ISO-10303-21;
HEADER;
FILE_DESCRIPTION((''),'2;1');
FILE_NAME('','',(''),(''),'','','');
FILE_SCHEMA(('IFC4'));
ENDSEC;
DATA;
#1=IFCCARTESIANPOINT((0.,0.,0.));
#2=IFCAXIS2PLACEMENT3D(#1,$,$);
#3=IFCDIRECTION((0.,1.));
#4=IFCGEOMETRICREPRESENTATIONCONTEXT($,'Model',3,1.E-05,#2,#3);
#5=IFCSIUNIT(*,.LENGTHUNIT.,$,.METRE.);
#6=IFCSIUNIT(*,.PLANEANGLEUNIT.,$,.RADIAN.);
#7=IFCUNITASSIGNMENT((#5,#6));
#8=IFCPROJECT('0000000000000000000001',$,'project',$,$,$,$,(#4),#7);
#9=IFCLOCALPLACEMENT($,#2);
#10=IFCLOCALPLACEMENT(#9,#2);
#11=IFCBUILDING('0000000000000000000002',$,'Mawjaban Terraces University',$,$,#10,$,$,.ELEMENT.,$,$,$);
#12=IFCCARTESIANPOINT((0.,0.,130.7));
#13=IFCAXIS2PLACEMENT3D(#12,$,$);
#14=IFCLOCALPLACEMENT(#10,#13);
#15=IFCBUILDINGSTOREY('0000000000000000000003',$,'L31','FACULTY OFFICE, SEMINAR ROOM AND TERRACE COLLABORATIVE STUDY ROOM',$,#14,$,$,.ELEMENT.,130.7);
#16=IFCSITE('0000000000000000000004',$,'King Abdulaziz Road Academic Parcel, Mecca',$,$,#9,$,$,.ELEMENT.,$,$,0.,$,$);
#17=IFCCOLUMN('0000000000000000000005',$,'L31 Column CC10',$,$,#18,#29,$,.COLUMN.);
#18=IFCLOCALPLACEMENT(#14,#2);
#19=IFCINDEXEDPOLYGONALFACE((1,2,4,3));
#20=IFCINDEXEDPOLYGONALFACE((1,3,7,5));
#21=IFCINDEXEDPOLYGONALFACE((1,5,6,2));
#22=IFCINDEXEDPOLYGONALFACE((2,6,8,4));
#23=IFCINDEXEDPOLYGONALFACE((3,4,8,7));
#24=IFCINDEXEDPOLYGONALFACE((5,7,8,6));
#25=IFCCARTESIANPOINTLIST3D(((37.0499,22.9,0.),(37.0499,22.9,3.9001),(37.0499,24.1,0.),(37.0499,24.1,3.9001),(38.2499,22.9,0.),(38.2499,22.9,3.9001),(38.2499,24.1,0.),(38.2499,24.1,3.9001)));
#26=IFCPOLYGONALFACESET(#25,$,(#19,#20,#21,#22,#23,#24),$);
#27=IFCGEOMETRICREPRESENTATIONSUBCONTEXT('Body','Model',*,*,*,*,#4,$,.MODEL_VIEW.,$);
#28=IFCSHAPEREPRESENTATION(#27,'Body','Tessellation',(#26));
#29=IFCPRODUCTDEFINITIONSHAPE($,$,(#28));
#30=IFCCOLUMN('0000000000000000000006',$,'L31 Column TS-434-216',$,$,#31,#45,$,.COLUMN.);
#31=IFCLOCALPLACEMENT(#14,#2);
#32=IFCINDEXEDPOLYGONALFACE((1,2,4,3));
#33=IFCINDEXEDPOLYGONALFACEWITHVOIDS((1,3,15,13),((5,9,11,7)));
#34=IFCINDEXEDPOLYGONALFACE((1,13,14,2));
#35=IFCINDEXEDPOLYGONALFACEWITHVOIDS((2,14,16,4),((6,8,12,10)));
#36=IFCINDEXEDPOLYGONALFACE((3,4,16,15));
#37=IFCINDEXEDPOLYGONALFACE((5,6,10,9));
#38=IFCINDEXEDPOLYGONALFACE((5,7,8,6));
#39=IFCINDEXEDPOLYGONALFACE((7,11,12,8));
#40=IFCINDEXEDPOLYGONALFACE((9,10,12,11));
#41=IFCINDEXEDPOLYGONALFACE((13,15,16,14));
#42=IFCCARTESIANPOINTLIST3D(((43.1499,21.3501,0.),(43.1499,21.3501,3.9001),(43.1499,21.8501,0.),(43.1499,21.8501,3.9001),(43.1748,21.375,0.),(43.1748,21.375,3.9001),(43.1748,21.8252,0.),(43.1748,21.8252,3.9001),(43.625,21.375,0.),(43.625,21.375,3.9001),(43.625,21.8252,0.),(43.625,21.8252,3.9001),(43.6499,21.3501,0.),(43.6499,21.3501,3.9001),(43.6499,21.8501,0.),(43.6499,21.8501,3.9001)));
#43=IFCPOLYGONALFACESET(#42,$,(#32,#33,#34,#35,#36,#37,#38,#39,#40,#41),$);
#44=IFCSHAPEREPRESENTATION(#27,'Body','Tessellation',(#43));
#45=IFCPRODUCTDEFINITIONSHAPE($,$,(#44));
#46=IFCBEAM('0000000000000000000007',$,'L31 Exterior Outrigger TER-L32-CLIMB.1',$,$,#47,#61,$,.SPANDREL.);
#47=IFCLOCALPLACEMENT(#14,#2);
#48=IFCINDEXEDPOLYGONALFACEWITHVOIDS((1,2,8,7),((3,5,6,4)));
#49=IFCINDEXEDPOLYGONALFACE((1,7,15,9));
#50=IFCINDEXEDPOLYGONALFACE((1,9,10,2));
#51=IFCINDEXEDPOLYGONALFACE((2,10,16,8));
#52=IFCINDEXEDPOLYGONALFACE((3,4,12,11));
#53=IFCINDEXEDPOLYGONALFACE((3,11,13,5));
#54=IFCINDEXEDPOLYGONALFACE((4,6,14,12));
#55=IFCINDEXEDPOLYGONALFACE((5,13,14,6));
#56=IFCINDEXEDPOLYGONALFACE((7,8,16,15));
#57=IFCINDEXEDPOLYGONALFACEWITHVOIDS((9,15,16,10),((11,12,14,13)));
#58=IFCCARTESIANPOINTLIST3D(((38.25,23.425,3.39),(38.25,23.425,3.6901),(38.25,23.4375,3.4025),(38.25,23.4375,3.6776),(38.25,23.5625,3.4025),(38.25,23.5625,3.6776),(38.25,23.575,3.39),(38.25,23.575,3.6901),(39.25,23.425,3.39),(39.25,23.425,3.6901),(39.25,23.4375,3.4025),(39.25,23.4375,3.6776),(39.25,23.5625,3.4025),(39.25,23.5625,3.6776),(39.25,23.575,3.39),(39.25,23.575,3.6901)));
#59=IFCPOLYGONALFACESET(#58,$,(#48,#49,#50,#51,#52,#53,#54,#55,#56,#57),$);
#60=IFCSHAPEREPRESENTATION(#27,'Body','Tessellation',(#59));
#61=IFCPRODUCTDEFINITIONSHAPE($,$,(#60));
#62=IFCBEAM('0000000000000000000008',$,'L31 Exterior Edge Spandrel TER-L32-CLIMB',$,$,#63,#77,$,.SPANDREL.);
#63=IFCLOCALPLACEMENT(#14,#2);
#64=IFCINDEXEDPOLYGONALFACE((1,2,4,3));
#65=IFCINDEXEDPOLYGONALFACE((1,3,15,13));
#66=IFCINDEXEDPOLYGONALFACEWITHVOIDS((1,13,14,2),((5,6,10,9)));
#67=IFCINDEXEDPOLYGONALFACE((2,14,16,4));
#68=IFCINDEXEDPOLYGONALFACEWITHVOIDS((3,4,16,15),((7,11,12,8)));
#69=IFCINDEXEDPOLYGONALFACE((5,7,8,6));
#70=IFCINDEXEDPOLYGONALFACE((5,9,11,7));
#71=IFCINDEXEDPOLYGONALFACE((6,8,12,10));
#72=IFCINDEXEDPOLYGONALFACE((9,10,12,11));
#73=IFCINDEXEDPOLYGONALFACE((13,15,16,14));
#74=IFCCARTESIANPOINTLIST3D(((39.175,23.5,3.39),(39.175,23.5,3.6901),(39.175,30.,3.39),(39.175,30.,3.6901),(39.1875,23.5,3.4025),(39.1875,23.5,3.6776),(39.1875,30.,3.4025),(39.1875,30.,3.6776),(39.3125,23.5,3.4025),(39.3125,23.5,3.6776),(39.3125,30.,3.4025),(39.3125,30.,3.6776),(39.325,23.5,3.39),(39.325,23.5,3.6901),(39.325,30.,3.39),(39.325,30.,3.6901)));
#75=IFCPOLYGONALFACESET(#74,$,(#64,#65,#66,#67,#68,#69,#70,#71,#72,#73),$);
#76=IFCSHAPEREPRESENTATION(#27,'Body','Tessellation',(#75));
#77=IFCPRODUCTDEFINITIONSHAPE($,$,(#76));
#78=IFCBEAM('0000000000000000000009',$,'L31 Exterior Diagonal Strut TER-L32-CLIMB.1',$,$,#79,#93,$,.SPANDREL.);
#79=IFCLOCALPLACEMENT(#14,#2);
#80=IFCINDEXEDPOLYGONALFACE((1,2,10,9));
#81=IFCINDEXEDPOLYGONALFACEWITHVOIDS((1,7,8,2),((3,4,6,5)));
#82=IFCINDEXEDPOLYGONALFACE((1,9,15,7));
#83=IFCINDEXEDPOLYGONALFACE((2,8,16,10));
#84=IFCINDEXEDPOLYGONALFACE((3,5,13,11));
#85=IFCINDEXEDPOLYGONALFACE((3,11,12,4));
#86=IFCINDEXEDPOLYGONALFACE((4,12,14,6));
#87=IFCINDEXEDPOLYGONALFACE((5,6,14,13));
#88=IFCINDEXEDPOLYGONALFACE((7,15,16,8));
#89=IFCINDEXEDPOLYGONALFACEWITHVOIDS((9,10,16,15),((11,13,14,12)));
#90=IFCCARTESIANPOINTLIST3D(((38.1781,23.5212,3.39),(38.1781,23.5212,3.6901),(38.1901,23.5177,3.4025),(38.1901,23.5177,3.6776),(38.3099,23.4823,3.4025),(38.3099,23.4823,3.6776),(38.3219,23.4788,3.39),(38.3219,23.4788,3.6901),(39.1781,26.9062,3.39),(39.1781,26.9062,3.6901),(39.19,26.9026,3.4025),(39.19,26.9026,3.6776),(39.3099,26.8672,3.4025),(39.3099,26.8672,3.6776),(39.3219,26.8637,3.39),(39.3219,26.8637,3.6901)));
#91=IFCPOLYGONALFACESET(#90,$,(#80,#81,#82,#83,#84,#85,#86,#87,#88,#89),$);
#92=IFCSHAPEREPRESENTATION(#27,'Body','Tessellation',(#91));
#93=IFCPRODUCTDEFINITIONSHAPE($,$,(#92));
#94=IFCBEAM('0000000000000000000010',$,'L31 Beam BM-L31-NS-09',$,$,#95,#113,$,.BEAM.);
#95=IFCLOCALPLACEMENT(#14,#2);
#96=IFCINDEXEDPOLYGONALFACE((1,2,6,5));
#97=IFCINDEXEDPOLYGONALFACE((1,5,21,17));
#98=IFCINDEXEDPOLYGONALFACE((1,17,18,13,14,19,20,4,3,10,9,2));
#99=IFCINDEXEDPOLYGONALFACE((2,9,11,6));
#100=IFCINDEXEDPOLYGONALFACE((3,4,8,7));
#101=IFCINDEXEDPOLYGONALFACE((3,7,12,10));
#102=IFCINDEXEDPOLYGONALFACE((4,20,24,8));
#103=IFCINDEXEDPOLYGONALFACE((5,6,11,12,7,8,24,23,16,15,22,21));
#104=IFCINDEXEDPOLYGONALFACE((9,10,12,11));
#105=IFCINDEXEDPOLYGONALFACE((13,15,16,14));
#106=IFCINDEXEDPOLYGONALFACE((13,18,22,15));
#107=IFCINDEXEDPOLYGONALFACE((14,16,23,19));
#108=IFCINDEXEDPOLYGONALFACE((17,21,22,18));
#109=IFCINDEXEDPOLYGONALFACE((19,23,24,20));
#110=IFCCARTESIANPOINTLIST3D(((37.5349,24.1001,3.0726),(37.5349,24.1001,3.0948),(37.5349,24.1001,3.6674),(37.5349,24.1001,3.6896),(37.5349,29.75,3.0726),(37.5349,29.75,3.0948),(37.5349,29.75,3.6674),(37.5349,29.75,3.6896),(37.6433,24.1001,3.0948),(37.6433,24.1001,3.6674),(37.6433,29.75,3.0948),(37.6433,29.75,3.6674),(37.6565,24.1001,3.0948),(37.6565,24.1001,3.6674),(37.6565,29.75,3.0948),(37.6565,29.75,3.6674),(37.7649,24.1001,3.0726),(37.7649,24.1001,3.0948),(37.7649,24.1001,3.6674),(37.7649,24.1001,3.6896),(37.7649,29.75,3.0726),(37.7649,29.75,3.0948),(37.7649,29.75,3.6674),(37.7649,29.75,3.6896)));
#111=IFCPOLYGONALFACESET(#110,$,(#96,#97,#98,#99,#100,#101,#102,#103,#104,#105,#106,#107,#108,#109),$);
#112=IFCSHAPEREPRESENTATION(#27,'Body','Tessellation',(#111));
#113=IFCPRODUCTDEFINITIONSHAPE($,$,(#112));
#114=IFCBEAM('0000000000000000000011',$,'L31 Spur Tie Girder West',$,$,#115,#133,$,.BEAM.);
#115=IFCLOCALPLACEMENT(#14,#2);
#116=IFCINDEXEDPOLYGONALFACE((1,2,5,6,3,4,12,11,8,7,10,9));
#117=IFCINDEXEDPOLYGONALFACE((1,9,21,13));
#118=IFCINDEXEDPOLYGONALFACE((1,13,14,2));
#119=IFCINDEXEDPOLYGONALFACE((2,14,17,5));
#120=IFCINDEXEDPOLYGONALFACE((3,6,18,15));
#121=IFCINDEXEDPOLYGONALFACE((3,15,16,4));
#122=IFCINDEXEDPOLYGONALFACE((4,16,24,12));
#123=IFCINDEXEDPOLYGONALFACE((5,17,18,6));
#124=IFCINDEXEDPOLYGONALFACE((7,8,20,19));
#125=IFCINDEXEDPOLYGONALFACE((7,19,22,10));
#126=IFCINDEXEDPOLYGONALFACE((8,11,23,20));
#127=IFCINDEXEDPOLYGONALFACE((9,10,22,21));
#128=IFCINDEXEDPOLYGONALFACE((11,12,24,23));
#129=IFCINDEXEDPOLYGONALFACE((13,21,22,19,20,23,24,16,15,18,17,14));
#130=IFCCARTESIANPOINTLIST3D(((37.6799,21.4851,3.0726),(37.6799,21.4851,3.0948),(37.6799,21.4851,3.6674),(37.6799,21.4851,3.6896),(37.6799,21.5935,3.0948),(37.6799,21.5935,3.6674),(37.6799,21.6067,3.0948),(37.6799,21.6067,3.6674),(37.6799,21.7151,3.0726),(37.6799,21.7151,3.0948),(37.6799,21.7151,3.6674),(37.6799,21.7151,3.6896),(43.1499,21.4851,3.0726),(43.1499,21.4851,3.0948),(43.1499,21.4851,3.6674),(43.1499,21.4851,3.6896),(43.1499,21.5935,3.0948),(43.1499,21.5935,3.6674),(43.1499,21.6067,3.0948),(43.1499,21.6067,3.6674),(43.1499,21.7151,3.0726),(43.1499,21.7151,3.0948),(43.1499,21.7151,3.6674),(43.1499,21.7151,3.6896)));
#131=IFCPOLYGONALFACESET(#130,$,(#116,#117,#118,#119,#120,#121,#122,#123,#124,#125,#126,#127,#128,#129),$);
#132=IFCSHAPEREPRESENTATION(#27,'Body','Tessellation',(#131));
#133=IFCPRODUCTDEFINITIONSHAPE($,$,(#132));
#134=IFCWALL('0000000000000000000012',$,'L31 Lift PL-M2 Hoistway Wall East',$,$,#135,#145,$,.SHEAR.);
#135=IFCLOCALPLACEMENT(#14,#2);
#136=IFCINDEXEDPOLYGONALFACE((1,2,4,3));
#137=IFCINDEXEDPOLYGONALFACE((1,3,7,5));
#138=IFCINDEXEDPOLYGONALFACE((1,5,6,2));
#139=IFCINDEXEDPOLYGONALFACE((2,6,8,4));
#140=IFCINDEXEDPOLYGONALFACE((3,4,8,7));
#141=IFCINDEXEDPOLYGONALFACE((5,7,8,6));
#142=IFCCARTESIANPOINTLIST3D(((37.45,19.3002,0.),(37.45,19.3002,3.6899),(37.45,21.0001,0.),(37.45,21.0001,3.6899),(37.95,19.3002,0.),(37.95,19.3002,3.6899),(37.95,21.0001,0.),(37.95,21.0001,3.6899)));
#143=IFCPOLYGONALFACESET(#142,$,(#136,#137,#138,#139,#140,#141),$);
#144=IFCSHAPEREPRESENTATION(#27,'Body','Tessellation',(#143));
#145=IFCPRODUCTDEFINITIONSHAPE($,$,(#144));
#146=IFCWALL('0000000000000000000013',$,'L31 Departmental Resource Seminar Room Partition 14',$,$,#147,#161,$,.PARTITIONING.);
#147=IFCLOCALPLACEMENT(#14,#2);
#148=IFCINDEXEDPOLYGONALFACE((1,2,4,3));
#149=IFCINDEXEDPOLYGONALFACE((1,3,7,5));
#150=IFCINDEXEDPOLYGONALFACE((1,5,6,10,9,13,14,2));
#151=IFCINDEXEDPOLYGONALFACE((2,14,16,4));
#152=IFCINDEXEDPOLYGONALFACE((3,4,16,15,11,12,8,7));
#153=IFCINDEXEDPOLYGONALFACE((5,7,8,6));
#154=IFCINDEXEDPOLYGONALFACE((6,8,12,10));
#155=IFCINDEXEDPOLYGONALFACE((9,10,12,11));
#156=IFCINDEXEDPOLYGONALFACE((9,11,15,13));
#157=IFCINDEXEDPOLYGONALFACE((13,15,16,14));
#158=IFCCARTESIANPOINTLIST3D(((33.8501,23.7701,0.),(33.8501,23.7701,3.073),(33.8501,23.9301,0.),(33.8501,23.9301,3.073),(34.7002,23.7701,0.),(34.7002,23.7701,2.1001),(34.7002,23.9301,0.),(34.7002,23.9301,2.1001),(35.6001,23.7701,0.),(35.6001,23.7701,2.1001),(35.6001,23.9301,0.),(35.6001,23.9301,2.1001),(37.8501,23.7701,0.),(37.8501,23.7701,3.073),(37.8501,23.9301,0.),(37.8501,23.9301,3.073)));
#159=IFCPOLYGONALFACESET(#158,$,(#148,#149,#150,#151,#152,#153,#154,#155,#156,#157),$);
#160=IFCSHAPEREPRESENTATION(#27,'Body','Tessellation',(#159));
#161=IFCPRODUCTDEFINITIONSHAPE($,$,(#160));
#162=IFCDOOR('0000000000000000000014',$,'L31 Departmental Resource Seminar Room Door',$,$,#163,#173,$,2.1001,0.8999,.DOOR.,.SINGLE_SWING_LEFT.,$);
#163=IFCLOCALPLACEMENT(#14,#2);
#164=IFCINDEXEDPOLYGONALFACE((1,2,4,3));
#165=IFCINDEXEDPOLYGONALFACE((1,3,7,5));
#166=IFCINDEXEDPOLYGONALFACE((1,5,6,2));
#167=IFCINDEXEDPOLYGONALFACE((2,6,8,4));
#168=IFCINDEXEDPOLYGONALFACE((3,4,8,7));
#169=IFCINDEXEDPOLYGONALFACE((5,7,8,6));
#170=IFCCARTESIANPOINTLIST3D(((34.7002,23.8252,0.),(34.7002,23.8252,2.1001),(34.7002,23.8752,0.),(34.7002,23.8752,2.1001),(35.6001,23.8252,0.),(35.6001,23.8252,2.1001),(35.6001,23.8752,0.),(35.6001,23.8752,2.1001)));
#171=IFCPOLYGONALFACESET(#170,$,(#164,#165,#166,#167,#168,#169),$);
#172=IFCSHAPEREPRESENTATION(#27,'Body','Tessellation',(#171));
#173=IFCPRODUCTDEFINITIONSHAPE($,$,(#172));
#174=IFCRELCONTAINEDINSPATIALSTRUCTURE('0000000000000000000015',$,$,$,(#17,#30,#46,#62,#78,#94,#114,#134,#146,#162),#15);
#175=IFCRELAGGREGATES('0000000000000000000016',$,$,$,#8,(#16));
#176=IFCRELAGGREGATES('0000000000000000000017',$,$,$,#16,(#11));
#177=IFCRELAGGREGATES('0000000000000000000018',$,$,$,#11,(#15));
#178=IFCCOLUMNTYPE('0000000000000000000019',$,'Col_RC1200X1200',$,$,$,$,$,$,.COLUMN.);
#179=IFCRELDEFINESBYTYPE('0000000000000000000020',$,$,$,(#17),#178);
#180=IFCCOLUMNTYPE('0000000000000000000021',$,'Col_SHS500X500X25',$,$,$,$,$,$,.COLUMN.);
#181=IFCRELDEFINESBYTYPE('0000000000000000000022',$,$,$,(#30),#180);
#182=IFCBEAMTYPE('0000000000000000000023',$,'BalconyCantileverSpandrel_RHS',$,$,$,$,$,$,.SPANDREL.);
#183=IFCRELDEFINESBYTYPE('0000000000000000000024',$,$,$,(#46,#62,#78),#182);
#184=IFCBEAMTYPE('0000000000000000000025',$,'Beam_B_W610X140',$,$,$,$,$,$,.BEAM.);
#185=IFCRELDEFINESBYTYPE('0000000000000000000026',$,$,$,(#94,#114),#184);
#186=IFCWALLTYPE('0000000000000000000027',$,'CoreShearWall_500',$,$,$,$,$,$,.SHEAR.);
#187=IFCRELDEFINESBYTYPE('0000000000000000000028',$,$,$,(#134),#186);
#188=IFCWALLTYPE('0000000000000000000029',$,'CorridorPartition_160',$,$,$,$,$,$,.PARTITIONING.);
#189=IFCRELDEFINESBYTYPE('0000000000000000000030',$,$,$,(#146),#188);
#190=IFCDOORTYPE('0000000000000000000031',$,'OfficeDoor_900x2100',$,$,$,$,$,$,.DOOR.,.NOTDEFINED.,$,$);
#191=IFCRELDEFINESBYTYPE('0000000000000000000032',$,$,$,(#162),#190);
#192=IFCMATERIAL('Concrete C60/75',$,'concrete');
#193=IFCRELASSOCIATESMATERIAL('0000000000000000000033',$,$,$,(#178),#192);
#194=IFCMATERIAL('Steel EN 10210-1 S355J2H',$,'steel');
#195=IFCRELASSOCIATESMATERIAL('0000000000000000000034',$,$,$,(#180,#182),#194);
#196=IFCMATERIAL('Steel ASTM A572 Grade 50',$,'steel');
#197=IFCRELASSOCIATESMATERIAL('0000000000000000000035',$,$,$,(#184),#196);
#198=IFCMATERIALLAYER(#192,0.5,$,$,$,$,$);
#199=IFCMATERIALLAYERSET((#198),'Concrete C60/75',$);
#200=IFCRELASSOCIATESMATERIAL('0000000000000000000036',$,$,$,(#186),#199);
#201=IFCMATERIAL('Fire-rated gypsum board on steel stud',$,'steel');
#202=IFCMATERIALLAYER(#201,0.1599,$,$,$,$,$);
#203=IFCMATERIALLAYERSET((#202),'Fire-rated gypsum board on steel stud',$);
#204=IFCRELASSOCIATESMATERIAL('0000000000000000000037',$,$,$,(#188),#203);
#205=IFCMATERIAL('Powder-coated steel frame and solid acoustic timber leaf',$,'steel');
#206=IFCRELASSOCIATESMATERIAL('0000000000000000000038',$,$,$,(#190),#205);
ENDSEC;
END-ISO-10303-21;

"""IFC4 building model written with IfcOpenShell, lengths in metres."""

from ifc_helpers import new_model, si_unit, direction, frame, frame_2d, origin, origin_2d, place, context, subcontext, project, spatial, rectangle, hollow_rectangle, i_section, extrude, material, layer, layer_set, material_profile, profile_set, type_object, element, fill, save


model = new_model("IFC4")

# Units and contexts
model_context = context("Model", 3, precision=1e-05, world=origin(), true_north=direction((0.0, 1.0)))
body_context = subcontext(model_context, "Body", "Model", "MODEL_VIEW")
ifc_project = project(units=[si_unit("LENGTHUNIT", "METRE"), si_unit("PLANEANGLEUNIT", "RADIAN")], contexts=[model_context])

# Site, building, storey
site_placement = place(None, origin())
site = spatial("IfcSite", under=ifc_project, at=site_placement, Name="King Abdulaziz Road Academic Parcel, Mecca", CompositionType="ELEMENT", RefElevation=0.0)
building_placement = place(site_placement, origin())
building = spatial("IfcBuilding", under=site, at=building_placement, Name="Mawjaban Terraces University", CompositionType="ELEMENT")
storey_placement = place(building_placement, frame((0.0, 0.0, 130.7)))
storey = spatial("IfcBuildingStorey", under=building, at=storey_placement, Name="L31", Description="FACULTY OFFICE, SEMINAR ROOM AND TERRACE COLLABORATIVE STUDY ROOM", CompositionType="ELEMENT", Elevation=130.7)

# Columns
ifc_material_1 = material(Name="Concrete C60/75", Category="concrete")
ifc_material_profile_1 = material_profile(ifc_material_1, rectangle(XDim=1.2, YDim=1.2, at=origin_2d()), Name="RC1200X1200")
ifc_profile_set_1 = profile_set([ifc_material_profile_1], Name="Concrete C60/75")
column_type_1 = type_object("IfcColumnType", Name="Col_RC1200X1200", PredefinedType="COLUMN", material=ifc_profile_set_1)
column_1_placement = place(storey_placement, frame((37.6499, 23.5, 0.0), z_axis=(0.0, 0.0, 1.0), x_axis=(1.0, 0.0, 0.0)))
element("IfcColumn", 1, at=column_1_placement, inside=storey, type_object=column_type_1, Name="L31 Column CC10", PredefinedType="COLUMN", context=body_context, shape_type="SweptSolid", body=[
    extrude(rectangle(XDim=1.2, YDim=1.2, at=origin_2d()), origin(), (0.0, 0.0, 1.0), 3.9001),
])
ifc_material_2 = material(Name="Steel EN 10210-1 S355J2H", Category="steel")
ifc_material_profile_2 = material_profile(ifc_material_2, hollow_rectangle(XDim=0.5, YDim=0.5, WallThickness=0.0249, at=origin_2d()), Name="SHS500X500X25")
ifc_profile_set_2 = profile_set([ifc_material_profile_2], Name="Steel EN 10210-1 S355J2H")
column_type_2 = type_object("IfcColumnType", Name="Col_SHS500X500X25", PredefinedType="COLUMN", material=ifc_profile_set_2)
column_2_placement = place(storey_placement, frame((43.3999, 21.6001, 0.0), z_axis=(0.0, 0.0, 1.0), x_axis=(1.0, 0.0, 0.0)))
element("IfcColumn", 2, at=column_2_placement, inside=storey, type_object=column_type_2, Name="L31 Column TS-434-216", PredefinedType="COLUMN", context=body_context, shape_type="SweptSolid", body=[
    extrude(hollow_rectangle(XDim=0.5, YDim=0.5, WallThickness=0.0249, at=origin_2d()), origin(), (0.0, 0.0, 1.0), 3.9001),
])

# Beams
ifc_material_profile_3 = material_profile(ifc_material_2, hollow_rectangle(XDim=0.1499, YDim=0.3, WallThickness=0.0125, at=origin_2d()), Name="RHS300X150X12.5")
ifc_profile_set_3 = profile_set([ifc_material_profile_3], Name="Steel EN 10210-1 S355J2H")
beam_type_1 = type_object("IfcBeamType", Name="BalconyCantileverSpandrel_RHS", PredefinedType="SPANDREL", material=ifc_profile_set_3)
beam_1_placement = place(storey_placement, frame((38.25, 23.5, 3.54), z_axis=(1.0, 0.0, 0.0), x_axis=(0.0, 1.0, 0.0)))
element("IfcBeam", 3, at=beam_1_placement, inside=storey, type_object=beam_type_1, Name="L31 Exterior Outrigger TER-L32-CLIMB.1", PredefinedType="SPANDREL", context=body_context, shape_type="SweptSolid", body=[
    extrude(hollow_rectangle(XDim=0.1499, YDim=0.3, WallThickness=0.0125, at=origin_2d()), origin(), (0.0, 0.0, 1.0), 1.0),
])
beam_2_placement = place(storey_placement, frame((39.25, 23.5, 3.54), z_axis=(0.0, 1.0, 0.0), x_axis=(-1.0, 0.0, 0.0)))
element("IfcBeam", 4, at=beam_2_placement, inside=storey, type_object=beam_type_1, Name="L31 Exterior Edge Spandrel TER-L32-CLIMB", PredefinedType="SPANDREL", context=body_context, shape_type="SweptSolid", body=[
    extrude(hollow_rectangle(XDim=0.1499, YDim=0.3, WallThickness=0.0125, at=origin_2d()), origin(), (0.0, 0.0, 1.0), 6.5),
])
beam_3_placement = place(storey_placement, frame((38.25, 23.5, 3.54), z_axis=(0.283316, 0.959027, 0.0), x_axis=(-0.959027, 0.283316, 0.0)))
element("IfcBeam", 5, at=beam_3_placement, inside=storey, type_object=beam_type_1, Name="L31 Exterior Diagonal Strut TER-L32-CLIMB.1", PredefinedType="SPANDREL", context=body_context, shape_type="SweptSolid", body=[
    extrude(hollow_rectangle(XDim=0.1499, YDim=0.3, WallThickness=0.0125, at=origin_2d()), origin(), (0.0, 0.0, 1.0), 3.5295),
])
ifc_material_3 = material(Name="Steel ASTM A572 Grade 50", Category="steel")
ifc_material_profile_4 = material_profile(ifc_material_3, i_section(OverallWidth=0.23, OverallDepth=0.6169, WebThickness=0.0132, FlangeThickness=0.0222, at=origin_2d()), Name="W610X140")
ifc_profile_set_4 = profile_set([ifc_material_profile_4], Name="Steel ASTM A572 Grade 50")
beam_type_2 = type_object("IfcBeamType", Name="Beam_B_W610X140", PredefinedType="BEAM", material=ifc_profile_set_4)
beam_4_placement = place(storey_placement, frame((37.6499, 24.1001, 3.3811), z_axis=(0.0, 1.0, 0.0), x_axis=(-1.0, 0.0, 0.0)))
element("IfcBeam", 6, at=beam_4_placement, inside=storey, type_object=beam_type_2, Name="L31 Beam BM-L31-NS-09", PredefinedType="BEAM", context=body_context, shape_type="SweptSolid", body=[
    extrude(i_section(OverallWidth=0.23, OverallDepth=0.6169, WebThickness=0.0132, FlangeThickness=0.0222, at=origin_2d()), origin(), (0.0, 0.0, 1.0), 5.6499),
])
beam_5_placement = place(storey_placement, frame((37.6799, 21.6001, 3.3811), z_axis=(1.0, 0.0, 0.0), x_axis=(0.0, 1.0, 0.0)))
element("IfcBeam", 7, at=beam_5_placement, inside=storey, type_object=beam_type_2, Name="L31 Spur Tie Girder West", PredefinedType="BEAM", context=body_context, shape_type="SweptSolid", body=[
    extrude(i_section(OverallWidth=0.23, OverallDepth=0.6169, WebThickness=0.0132, FlangeThickness=0.0222, at=origin_2d()), origin(), (0.0, 0.0, 1.0), 5.47),
])

# Wall
ifc_layer_1 = layer(ifc_material_1, 0.5)
ifc_layer_set_1 = layer_set([ifc_layer_1], Name="Concrete C60/75")
wall_type_1 = type_object("IfcWallType", Name="CoreShearWall_500", PredefinedType="SHEAR", material=ifc_layer_set_1)
wall_1_placement = place(storey_placement, frame((37.7, 19.3, 0.0), z_axis=(0.0, 0.0, 1.0), x_axis=(0.0, 1.0, 0.0)))
element("IfcWall", 8, at=wall_1_placement, inside=storey, type_object=wall_type_1, Name="L31 Lift PL-M2 Hoistway Wall East", PredefinedType="SHEAR", context=body_context, shape_type="SweptSolid", body=[
    extrude(rectangle(XDim=1.7, YDim=0.5, at=frame_2d((0.8501, 0.0))), origin(), (0.0, 0.0, 1.0), 3.6899),
])

# Wall, opening, door
ifc_material_4 = material(Name="Fire-rated gypsum board on steel stud", Category="steel")
ifc_layer_2 = layer(ifc_material_4, 0.1599)
ifc_layer_set_2 = layer_set([ifc_layer_2], Name="Fire-rated gypsum board on steel stud")
wall_type_2 = type_object("IfcWallType", Name="CorridorPartition_160", PredefinedType="PARTITIONING", material=ifc_layer_set_2)
wall_2_placement = place(storey_placement, frame((37.8501, 23.8501, 0.0), z_axis=(0.0, 0.0, 1.0), x_axis=(-1.0, 0.0, 0.0)))
wall_2 = element("IfcWall", 9, at=wall_2_placement, inside=storey, type_object=wall_type_2, Name="L31 Departmental Resource Seminar Room Partition 14", PredefinedType="PARTITIONING", context=body_context, shape_type="SweptSolid", body=[
    extrude(rectangle(XDim=4.0, YDim=0.1599, at=frame_2d((2.0, 0.0))), origin(), (0.0, 0.0, 1.0), 3.073),
])
opening_1_placement = place(wall_2_placement, frame((2.25, 0.0, 0.0)))
opening_1 = element("IfcOpeningElement", 10, at=opening_1_placement, cuts=wall_2, PredefinedType="OPENING", context=body_context, shape_type="SweptSolid", body=[
    extrude(rectangle(XDim=0.8999, YDim=2.1001, at=frame_2d((0.45, 1.05))), frame((0.0, 0.0898, 0.0), z_axis=(0.0, -1.0, 0.0), x_axis=(1.0, 0.0, 0.0)), (0.0, 0.0, 1.0), 0.1799),
])
ifc_material_5 = material(Name="Powder-coated steel frame and solid acoustic timber leaf", Category="steel")
door_type_1 = type_object("IfcDoorType", Name="OfficeDoor_900x2100", OperationType="NOTDEFINED", PredefinedType="DOOR", material=ifc_material_5)
door_1_placement = place(opening_1_placement, origin())
door_1 = element("IfcDoor", 11, at=door_1_placement, inside=storey, type_object=door_type_1, Name="L31 Departmental Resource Seminar Room Door", OperationType="SINGLE_SWING_LEFT", OverallHeight=2.1001, OverallWidth=0.8999, PredefinedType="DOOR", context=body_context, shape_type="SweptSolid", body=[
    extrude(rectangle(XDim=0.8999, YDim=2.1001, at=frame_2d((0.45, 1.05))), frame((0.0, 0.0249, 0.0), z_axis=(0.0, -1.0, 0.0), x_axis=(1.0, 0.0, 0.0)), (0.0, 0.0, 1.0), 0.05),
])
fill(opening_1, door_1)

save(model, "model.ifc")
